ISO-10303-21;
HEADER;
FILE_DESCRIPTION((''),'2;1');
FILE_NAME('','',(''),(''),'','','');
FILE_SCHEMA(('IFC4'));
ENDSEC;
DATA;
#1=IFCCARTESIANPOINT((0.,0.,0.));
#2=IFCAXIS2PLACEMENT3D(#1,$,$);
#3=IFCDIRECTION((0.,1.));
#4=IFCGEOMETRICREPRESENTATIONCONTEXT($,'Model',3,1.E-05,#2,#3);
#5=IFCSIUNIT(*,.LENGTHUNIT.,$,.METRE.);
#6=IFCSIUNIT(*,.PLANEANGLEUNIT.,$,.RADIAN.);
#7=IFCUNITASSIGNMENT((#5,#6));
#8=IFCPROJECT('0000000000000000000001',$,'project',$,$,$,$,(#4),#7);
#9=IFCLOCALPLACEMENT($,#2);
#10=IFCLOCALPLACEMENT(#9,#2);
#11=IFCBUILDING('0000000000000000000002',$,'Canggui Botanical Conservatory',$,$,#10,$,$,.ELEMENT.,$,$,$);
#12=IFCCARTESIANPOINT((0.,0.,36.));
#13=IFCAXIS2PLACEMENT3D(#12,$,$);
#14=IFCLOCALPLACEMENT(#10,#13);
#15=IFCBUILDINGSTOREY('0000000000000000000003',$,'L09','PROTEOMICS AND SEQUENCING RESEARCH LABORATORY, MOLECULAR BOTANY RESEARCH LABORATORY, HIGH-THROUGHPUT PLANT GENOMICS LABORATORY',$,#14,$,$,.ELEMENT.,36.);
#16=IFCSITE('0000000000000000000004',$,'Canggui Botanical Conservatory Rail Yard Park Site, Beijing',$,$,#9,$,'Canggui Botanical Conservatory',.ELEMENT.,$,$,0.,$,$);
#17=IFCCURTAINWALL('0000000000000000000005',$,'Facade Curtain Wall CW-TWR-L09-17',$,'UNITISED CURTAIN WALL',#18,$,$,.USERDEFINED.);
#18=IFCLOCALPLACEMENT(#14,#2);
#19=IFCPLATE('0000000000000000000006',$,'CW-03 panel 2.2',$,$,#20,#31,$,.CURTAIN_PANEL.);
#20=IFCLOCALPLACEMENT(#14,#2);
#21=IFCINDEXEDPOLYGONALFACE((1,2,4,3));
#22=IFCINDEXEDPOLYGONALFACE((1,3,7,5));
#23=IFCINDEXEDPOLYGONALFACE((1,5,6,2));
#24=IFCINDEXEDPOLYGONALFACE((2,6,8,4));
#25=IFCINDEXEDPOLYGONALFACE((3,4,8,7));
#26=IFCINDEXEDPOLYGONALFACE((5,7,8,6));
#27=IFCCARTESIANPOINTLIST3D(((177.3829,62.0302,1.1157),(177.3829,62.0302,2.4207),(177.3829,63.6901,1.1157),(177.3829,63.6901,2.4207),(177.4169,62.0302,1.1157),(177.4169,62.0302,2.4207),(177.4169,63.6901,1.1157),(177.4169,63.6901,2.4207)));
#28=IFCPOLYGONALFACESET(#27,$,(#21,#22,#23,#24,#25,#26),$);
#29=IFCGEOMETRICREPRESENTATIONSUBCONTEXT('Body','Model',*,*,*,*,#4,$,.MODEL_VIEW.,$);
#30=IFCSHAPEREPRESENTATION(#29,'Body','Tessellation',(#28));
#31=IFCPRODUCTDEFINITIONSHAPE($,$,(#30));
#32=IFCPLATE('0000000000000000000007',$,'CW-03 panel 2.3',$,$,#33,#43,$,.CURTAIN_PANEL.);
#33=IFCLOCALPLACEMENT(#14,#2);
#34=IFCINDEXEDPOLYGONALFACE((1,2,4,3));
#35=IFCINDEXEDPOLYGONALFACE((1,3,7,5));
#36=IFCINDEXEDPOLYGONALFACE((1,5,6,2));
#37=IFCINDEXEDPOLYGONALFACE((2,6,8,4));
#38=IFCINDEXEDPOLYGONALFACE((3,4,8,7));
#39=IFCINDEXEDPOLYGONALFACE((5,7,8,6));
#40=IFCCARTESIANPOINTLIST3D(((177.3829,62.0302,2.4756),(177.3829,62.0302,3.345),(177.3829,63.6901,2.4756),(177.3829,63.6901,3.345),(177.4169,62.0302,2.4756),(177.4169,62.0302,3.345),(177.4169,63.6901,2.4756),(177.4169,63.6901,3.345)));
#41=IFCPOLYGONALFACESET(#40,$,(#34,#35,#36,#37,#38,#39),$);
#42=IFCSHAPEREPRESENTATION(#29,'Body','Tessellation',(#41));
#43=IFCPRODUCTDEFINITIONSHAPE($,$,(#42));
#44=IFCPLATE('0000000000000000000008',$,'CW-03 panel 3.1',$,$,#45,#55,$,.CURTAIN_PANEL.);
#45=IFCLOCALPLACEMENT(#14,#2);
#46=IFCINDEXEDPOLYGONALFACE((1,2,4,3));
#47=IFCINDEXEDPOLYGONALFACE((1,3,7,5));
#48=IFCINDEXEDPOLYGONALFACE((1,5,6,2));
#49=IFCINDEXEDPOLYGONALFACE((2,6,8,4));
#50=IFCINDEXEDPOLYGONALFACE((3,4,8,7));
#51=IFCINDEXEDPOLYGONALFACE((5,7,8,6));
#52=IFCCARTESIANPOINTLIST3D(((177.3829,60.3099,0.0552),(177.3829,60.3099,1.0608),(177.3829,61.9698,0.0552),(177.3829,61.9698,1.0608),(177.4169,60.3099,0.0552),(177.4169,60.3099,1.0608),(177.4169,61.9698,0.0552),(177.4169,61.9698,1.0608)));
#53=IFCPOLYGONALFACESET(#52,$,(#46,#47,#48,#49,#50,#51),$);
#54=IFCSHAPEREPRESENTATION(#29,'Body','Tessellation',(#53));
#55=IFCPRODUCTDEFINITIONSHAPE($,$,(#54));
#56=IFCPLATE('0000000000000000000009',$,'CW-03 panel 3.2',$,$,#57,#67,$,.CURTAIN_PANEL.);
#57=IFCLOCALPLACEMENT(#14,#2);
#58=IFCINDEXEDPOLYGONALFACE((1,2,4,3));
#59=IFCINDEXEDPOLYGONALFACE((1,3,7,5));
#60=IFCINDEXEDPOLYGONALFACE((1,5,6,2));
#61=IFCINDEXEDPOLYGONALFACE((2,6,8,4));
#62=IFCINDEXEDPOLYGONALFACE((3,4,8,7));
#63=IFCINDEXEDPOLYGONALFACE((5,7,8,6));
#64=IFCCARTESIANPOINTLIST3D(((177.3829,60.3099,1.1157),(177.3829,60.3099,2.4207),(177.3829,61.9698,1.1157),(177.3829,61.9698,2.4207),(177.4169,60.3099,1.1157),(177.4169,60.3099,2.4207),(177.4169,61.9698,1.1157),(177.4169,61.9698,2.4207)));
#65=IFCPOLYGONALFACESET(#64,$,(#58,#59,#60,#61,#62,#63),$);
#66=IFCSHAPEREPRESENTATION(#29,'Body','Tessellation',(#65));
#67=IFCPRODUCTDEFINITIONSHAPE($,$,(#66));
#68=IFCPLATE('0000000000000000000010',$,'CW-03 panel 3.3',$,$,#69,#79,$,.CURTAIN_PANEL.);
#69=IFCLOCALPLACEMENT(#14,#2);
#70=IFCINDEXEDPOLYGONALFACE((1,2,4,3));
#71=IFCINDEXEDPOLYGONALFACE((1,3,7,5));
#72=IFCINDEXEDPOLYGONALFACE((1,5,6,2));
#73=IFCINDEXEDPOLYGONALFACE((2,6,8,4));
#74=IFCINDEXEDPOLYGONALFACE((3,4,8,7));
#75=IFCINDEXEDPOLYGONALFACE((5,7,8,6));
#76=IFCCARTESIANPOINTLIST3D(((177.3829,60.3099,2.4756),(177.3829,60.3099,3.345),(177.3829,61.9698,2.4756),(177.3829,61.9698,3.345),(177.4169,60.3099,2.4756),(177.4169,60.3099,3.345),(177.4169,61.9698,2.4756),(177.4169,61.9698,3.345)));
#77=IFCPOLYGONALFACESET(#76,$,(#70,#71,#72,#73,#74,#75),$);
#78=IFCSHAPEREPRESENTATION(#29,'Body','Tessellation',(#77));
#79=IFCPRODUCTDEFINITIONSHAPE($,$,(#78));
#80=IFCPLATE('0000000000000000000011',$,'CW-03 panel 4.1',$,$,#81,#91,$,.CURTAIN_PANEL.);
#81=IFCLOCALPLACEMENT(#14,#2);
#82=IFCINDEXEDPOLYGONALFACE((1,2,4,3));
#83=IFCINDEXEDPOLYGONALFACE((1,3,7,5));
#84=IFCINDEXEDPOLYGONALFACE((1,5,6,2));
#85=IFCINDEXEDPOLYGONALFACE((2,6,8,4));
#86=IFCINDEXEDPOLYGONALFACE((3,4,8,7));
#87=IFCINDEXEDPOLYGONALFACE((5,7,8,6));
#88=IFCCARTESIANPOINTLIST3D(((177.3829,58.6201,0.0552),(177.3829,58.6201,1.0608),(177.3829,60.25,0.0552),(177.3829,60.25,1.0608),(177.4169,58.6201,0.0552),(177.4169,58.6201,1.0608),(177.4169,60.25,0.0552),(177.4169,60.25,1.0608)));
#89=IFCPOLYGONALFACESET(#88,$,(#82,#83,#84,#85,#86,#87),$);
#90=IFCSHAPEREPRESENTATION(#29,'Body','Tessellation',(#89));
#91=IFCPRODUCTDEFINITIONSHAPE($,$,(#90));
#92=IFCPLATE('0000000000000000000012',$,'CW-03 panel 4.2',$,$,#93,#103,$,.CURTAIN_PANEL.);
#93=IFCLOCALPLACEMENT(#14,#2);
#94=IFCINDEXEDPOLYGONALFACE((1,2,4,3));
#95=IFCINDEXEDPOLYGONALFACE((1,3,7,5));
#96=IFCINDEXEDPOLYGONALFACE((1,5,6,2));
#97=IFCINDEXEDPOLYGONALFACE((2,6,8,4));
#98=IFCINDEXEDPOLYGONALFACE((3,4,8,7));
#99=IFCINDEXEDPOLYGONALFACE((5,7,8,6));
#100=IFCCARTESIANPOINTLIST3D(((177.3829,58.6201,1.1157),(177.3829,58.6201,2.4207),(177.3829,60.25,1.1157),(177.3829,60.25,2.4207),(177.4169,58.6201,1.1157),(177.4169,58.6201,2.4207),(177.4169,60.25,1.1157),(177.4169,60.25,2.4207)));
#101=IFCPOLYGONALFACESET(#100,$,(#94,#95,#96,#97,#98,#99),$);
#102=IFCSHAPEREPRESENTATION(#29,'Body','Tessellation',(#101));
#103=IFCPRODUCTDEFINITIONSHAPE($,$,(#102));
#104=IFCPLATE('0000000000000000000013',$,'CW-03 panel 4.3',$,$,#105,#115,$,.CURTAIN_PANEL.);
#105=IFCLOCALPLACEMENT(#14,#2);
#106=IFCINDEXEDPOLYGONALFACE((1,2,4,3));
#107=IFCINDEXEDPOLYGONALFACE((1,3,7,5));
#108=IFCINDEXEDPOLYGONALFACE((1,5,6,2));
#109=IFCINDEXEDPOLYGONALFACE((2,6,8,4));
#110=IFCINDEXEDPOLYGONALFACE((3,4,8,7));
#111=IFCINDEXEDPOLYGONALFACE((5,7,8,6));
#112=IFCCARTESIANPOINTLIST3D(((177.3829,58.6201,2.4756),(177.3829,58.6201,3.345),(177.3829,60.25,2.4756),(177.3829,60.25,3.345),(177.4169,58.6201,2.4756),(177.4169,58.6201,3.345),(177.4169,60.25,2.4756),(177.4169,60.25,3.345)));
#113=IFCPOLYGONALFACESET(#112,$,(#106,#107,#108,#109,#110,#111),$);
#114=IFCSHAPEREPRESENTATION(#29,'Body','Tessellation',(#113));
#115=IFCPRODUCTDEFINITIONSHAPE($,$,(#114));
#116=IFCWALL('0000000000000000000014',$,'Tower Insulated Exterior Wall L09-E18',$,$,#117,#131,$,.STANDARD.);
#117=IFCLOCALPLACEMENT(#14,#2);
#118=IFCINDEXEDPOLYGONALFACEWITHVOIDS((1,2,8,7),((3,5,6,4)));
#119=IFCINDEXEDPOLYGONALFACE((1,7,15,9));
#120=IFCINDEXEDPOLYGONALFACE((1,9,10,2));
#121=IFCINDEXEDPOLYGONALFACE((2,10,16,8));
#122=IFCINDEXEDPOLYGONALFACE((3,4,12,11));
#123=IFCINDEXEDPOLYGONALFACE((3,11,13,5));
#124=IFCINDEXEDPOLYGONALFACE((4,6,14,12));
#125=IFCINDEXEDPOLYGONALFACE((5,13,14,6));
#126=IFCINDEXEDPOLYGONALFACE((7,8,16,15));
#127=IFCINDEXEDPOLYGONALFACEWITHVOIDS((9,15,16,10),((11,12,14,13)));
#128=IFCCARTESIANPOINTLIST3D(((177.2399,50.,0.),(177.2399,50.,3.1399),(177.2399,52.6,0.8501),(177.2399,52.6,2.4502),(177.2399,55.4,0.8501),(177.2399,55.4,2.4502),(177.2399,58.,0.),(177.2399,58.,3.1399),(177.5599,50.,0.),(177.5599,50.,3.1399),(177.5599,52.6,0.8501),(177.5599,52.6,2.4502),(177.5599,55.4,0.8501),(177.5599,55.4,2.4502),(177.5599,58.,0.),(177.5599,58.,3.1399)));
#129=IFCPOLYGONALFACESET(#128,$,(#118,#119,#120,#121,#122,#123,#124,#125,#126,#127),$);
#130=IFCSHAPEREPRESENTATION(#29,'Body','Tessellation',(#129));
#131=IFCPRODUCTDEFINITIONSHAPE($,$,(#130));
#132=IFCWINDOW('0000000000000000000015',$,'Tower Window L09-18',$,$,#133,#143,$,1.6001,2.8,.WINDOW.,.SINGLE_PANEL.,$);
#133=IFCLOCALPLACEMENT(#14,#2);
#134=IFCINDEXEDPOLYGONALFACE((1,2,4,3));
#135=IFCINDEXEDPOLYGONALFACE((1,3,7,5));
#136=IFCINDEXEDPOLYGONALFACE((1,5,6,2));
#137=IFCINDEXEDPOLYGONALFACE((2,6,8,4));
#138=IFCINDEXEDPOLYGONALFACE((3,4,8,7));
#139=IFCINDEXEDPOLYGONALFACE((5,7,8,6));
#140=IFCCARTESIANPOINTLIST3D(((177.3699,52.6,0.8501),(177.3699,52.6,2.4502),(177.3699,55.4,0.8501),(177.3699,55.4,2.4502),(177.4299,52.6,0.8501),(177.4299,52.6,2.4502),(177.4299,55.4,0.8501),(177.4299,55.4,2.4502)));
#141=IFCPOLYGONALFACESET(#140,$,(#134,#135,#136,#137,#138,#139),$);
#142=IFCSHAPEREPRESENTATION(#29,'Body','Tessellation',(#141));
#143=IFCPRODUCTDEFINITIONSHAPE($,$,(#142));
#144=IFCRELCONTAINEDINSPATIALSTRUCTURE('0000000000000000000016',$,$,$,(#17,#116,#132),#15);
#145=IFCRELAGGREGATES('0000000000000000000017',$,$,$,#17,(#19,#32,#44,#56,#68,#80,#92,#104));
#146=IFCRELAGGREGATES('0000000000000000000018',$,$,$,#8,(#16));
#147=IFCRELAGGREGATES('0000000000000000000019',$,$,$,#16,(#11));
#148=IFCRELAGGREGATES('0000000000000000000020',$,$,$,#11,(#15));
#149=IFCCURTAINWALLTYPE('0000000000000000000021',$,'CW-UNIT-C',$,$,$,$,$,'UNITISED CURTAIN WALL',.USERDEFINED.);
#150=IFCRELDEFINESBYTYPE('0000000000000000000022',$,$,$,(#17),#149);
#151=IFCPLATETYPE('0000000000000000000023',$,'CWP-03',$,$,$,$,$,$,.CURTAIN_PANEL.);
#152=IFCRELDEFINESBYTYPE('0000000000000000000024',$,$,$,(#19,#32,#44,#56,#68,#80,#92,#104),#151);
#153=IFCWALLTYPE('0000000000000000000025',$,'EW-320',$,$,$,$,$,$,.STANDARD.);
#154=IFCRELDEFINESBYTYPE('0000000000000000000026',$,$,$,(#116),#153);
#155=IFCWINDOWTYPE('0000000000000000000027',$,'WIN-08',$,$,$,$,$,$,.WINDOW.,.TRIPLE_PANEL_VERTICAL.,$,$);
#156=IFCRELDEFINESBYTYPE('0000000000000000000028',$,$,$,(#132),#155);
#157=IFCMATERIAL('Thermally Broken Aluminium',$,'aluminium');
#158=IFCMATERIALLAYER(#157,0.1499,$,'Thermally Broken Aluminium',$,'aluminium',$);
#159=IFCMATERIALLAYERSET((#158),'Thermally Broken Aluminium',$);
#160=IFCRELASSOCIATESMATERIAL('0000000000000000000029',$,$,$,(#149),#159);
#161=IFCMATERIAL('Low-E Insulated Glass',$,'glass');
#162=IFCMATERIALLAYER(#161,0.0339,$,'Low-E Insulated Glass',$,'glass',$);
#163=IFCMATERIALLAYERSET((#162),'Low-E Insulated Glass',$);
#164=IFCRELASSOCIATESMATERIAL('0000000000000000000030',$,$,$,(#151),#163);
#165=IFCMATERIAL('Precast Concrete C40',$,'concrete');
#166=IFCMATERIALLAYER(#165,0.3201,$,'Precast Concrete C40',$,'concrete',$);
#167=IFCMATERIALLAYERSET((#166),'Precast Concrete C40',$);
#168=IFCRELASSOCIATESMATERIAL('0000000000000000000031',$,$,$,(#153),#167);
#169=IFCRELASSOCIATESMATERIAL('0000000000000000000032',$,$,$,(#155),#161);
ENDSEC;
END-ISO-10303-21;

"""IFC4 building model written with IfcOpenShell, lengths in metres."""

from ifc_helpers import new_model, si_unit, direction, frame, frame_2d, origin, origin_2d, place, context, subcontext, project, spatial, rectangle, extrude, material, layer, layer_set, type_object, element, fill, aggregate, save


model = new_model("IFC4")

# Units and contexts
model_context = context("Model", 3, precision=1e-05, world=origin(), true_north=direction((0.0, 1.0)))
body_context = subcontext(model_context, "Body", "Model", "MODEL_VIEW")
ifc_project = project(units=[si_unit("LENGTHUNIT", "METRE"), si_unit("PLANEANGLEUNIT", "RADIAN")], contexts=[model_context])

# Site, building, storey
site_placement = place(None, origin())
site = spatial("IfcSite", under=ifc_project, at=site_placement, Name="Canggui Botanical Conservatory Rail Yard Park Site, Beijing", LongName="Canggui Botanical Conservatory", CompositionType="ELEMENT", RefElevation=0.0)
building_placement = place(site_placement, origin())
building = spatial("IfcBuilding", under=site, at=building_placement, Name="Canggui Botanical Conservatory", CompositionType="ELEMENT")
storey_placement = place(building_placement, frame((0.0, 0.0, 36.0)))
storey = spatial("IfcBuildingStorey", under=building, at=storey_placement, Name="L09", Description="PROTEOMICS AND SEQUENCING RESEARCH LABORATORY, MOLECULAR BOTANY RESEARCH LABORATORY, HIGH-THROUGHPUT PLANT GENOMICS LABORATORY", CompositionType="ELEMENT", Elevation=36.0)

# Curtain wall, plates
ifc_material_1 = material(Name="Thermally Broken Aluminium", Category="aluminium")
ifc_layer_1 = layer(ifc_material_1, 0.1499, Name="Thermally Broken Aluminium", Category="aluminium")
ifc_layer_set_1 = layer_set([ifc_layer_1], Name="Thermally Broken Aluminium")
curtain_wall_type = type_object("IfcCurtainWallType", Name="CW-UNIT-C", ElementType="UNITISED CURTAIN WALL", PredefinedType="USERDEFINED", material=ifc_layer_set_1)
curtain_wall_placement = place(storey_placement, origin())
curtain_wall = element("IfcCurtainWall", 1, at=curtain_wall_placement, inside=storey, type_object=curtain_wall_type, Name="Facade Curtain Wall CW-TWR-L09-17", ObjectType="UNITISED CURTAIN WALL", PredefinedType="USERDEFINED")
ifc_material_2 = material(Name="Low-E Insulated Glass", Category="glass")
ifc_layer_2 = layer(ifc_material_2, 0.0339, Name="Low-E Insulated Glass", Category="glass")
ifc_layer_set_2 = layer_set([ifc_layer_2], Name="Low-E Insulated Glass")
plate_type = type_object("IfcPlateType", Name="CWP-03", PredefinedType="CURTAIN_PANEL", material=ifc_layer_set_2)
plate_1_placement = place(storey_placement, frame((177.3999, 62.8601, 1.1157), z_axis=(0.0, 0.0, 1.0), x_axis=(0.0, -1.0, 0.0)))
plate_1 = element("IfcPlate", 2, at=plate_1_placement, type_object=plate_type, Name="CW-03 panel 2.2", PredefinedType="CURTAIN_PANEL", context=body_context, shape_type="SweptSolid", body=[
    extrude(rectangle(XDim=1.6599, YDim=0.0339, at=origin_2d()), origin(), (0.0, 0.0, 1.0), 1.3049),
])
plate_2_placement = place(storey_placement, frame((177.3999, 62.8601, 2.4756), z_axis=(0.0, 0.0, 1.0), x_axis=(0.0, -1.0, 0.0)))
plate_2 = element("IfcPlate", 3, at=plate_2_placement, type_object=plate_type, Name="CW-03 panel 2.3", PredefinedType="CURTAIN_PANEL", context=body_context, shape_type="SweptSolid", body=[
    extrude(rectangle(XDim=1.6599, YDim=0.0339, at=origin_2d()), origin(), (0.0, 0.0, 1.0), 0.8694),
])
plate_3_placement = place(storey_placement, frame((177.3999, 61.1399, 0.0552), z_axis=(0.0, 0.0, 1.0), x_axis=(0.0, -1.0, 0.0)))
plate_3 = element("IfcPlate", 4, at=plate_3_placement, type_object=plate_type, Name="CW-03 panel 3.1", PredefinedType="CURTAIN_PANEL", context=body_context, shape_type="SweptSolid", body=[
    extrude(rectangle(XDim=1.6599, YDim=0.0339, at=origin_2d()), origin(), (0.0, 0.0, 1.0), 1.0056),
])
plate_4_placement = place(storey_placement, frame((177.3999, 61.1399, 1.1157), z_axis=(0.0, 0.0, 1.0), x_axis=(0.0, -1.0, 0.0)))
plate_4 = element("IfcPlate", 5, at=plate_4_placement, type_object=plate_type, Name="CW-03 panel 3.2", PredefinedType="CURTAIN_PANEL", context=body_context, shape_type="SweptSolid", body=[
    extrude(rectangle(XDim=1.6599, YDim=0.0339, at=origin_2d()), origin(), (0.0, 0.0, 1.0), 1.3049),
])
plate_5_placement = place(storey_placement, frame((177.3999, 61.1399, 2.4756), z_axis=(0.0, 0.0, 1.0), x_axis=(0.0, -1.0, 0.0)))
plate_5 = element("IfcPlate", 6, at=plate_5_placement, type_object=plate_type, Name="CW-03 panel 3.3", PredefinedType="CURTAIN_PANEL", context=body_context, shape_type="SweptSolid", body=[
    extrude(rectangle(XDim=1.6599, YDim=0.0339, at=origin_2d()), origin(), (0.0, 0.0, 1.0), 0.8694),
])
plate_6_placement = place(storey_placement, frame((177.3999, 59.4351, 0.0552), z_axis=(0.0, 0.0, 1.0), x_axis=(0.0, -1.0, 0.0)))
plate_6 = element("IfcPlate", 7, at=plate_6_placement, type_object=plate_type, Name="CW-03 panel 4.1", PredefinedType="CURTAIN_PANEL", context=body_context, shape_type="SweptSolid", body=[
    extrude(rectangle(XDim=1.6299, YDim=0.0339, at=origin_2d()), origin(), (0.0, 0.0, 1.0), 1.0056),
])
plate_7_placement = place(storey_placement, frame((177.3999, 59.4351, 1.1157), z_axis=(0.0, 0.0, 1.0), x_axis=(0.0, -1.0, 0.0)))
plate_7 = element("IfcPlate", 8, at=plate_7_placement, type_object=plate_type, Name="CW-03 panel 4.2", PredefinedType="CURTAIN_PANEL", context=body_context, shape_type="SweptSolid", body=[
    extrude(rectangle(XDim=1.6299, YDim=0.0339, at=origin_2d()), origin(), (0.0, 0.0, 1.0), 1.3049),
])
plate_8_placement = place(storey_placement, frame((177.3999, 59.4351, 2.4756), z_axis=(0.0, 0.0, 1.0), x_axis=(0.0, -1.0, 0.0)))
plate_8 = element("IfcPlate", 9, at=plate_8_placement, type_object=plate_type, Name="CW-03 panel 4.3", PredefinedType="CURTAIN_PANEL", context=body_context, shape_type="SweptSolid", body=[
    extrude(rectangle(XDim=1.6299, YDim=0.0339, at=origin_2d()), origin(), (0.0, 0.0, 1.0), 0.8694),
])
aggregate(curtain_wall, [plate_1, plate_2, plate_3, plate_4, plate_5, plate_6, plate_7, plate_8])

# Wall, opening, window
ifc_material_3 = material(Name="Precast Concrete C40", Category="concrete")
ifc_layer_3 = layer(ifc_material_3, 0.3201, Name="Precast Concrete C40", Category="concrete")
ifc_layer_set_3 = layer_set([ifc_layer_3], Name="Precast Concrete C40")
wall_type = type_object("IfcWallType", Name="EW-320", PredefinedType="STANDARD", material=ifc_layer_set_3)
wall_placement = place(storey_placement, frame((177.3999, 58.0, 0.0), z_axis=(0.0, 0.0, 1.0), x_axis=(0.0, -1.0, 0.0)))
wall = element("IfcWall", 10, at=wall_placement, inside=storey, type_object=wall_type, Name="Tower Insulated Exterior Wall L09-E18", PredefinedType="STANDARD", context=body_context, shape_type="SweptSolid", body=[
    extrude(rectangle(XDim=8.0, YDim=0.3201, at=frame_2d((4.0, 0.0))), origin(), (0.0, 0.0, 1.0), 3.1399),
])
opening_placement = place(wall_placement, frame((2.6001, 0.0, 0.8501)))
opening = element("IfcOpeningElement", 11, at=opening_placement, cuts=wall, PredefinedType="OPENING", context=body_context, shape_type="SweptSolid", body=[
    extrude(rectangle(XDim=2.8, YDim=1.6001, at=frame_2d((1.3999, 0.8))), frame((0.0, 0.1699, 0.0), z_axis=(0.0, -1.0, 0.0), x_axis=(1.0, 0.0, 0.0)), (0.0, 0.0, 1.0), 0.3401),
])
window_type = type_object("IfcWindowType", Name="WIN-08", PartitioningType="TRIPLE_PANEL_VERTICAL", PredefinedType="WINDOW", material=ifc_material_2)
window_placement = place(opening_placement, origin())
window = element("IfcWindow", 12, at=window_placement, inside=storey, type_object=window_type, Name="Tower Window L09-18", OverallHeight=1.6001, OverallWidth=2.8, PartitioningType="SINGLE_PANEL", PredefinedType="WINDOW", context=body_context, shape_type="SweptSolid", body=[
    extrude(rectangle(XDim=2.8, YDim=1.6001, at=frame_2d((1.3999, 0.8))), frame((0.0, 0.03, 0.0), z_axis=(0.0, -1.0, 0.0), x_axis=(1.0, 0.0, 0.0)), (0.0, 0.0, 1.0), 0.0601),
])
fill(opening, window)

save(model, "model.ifc")
